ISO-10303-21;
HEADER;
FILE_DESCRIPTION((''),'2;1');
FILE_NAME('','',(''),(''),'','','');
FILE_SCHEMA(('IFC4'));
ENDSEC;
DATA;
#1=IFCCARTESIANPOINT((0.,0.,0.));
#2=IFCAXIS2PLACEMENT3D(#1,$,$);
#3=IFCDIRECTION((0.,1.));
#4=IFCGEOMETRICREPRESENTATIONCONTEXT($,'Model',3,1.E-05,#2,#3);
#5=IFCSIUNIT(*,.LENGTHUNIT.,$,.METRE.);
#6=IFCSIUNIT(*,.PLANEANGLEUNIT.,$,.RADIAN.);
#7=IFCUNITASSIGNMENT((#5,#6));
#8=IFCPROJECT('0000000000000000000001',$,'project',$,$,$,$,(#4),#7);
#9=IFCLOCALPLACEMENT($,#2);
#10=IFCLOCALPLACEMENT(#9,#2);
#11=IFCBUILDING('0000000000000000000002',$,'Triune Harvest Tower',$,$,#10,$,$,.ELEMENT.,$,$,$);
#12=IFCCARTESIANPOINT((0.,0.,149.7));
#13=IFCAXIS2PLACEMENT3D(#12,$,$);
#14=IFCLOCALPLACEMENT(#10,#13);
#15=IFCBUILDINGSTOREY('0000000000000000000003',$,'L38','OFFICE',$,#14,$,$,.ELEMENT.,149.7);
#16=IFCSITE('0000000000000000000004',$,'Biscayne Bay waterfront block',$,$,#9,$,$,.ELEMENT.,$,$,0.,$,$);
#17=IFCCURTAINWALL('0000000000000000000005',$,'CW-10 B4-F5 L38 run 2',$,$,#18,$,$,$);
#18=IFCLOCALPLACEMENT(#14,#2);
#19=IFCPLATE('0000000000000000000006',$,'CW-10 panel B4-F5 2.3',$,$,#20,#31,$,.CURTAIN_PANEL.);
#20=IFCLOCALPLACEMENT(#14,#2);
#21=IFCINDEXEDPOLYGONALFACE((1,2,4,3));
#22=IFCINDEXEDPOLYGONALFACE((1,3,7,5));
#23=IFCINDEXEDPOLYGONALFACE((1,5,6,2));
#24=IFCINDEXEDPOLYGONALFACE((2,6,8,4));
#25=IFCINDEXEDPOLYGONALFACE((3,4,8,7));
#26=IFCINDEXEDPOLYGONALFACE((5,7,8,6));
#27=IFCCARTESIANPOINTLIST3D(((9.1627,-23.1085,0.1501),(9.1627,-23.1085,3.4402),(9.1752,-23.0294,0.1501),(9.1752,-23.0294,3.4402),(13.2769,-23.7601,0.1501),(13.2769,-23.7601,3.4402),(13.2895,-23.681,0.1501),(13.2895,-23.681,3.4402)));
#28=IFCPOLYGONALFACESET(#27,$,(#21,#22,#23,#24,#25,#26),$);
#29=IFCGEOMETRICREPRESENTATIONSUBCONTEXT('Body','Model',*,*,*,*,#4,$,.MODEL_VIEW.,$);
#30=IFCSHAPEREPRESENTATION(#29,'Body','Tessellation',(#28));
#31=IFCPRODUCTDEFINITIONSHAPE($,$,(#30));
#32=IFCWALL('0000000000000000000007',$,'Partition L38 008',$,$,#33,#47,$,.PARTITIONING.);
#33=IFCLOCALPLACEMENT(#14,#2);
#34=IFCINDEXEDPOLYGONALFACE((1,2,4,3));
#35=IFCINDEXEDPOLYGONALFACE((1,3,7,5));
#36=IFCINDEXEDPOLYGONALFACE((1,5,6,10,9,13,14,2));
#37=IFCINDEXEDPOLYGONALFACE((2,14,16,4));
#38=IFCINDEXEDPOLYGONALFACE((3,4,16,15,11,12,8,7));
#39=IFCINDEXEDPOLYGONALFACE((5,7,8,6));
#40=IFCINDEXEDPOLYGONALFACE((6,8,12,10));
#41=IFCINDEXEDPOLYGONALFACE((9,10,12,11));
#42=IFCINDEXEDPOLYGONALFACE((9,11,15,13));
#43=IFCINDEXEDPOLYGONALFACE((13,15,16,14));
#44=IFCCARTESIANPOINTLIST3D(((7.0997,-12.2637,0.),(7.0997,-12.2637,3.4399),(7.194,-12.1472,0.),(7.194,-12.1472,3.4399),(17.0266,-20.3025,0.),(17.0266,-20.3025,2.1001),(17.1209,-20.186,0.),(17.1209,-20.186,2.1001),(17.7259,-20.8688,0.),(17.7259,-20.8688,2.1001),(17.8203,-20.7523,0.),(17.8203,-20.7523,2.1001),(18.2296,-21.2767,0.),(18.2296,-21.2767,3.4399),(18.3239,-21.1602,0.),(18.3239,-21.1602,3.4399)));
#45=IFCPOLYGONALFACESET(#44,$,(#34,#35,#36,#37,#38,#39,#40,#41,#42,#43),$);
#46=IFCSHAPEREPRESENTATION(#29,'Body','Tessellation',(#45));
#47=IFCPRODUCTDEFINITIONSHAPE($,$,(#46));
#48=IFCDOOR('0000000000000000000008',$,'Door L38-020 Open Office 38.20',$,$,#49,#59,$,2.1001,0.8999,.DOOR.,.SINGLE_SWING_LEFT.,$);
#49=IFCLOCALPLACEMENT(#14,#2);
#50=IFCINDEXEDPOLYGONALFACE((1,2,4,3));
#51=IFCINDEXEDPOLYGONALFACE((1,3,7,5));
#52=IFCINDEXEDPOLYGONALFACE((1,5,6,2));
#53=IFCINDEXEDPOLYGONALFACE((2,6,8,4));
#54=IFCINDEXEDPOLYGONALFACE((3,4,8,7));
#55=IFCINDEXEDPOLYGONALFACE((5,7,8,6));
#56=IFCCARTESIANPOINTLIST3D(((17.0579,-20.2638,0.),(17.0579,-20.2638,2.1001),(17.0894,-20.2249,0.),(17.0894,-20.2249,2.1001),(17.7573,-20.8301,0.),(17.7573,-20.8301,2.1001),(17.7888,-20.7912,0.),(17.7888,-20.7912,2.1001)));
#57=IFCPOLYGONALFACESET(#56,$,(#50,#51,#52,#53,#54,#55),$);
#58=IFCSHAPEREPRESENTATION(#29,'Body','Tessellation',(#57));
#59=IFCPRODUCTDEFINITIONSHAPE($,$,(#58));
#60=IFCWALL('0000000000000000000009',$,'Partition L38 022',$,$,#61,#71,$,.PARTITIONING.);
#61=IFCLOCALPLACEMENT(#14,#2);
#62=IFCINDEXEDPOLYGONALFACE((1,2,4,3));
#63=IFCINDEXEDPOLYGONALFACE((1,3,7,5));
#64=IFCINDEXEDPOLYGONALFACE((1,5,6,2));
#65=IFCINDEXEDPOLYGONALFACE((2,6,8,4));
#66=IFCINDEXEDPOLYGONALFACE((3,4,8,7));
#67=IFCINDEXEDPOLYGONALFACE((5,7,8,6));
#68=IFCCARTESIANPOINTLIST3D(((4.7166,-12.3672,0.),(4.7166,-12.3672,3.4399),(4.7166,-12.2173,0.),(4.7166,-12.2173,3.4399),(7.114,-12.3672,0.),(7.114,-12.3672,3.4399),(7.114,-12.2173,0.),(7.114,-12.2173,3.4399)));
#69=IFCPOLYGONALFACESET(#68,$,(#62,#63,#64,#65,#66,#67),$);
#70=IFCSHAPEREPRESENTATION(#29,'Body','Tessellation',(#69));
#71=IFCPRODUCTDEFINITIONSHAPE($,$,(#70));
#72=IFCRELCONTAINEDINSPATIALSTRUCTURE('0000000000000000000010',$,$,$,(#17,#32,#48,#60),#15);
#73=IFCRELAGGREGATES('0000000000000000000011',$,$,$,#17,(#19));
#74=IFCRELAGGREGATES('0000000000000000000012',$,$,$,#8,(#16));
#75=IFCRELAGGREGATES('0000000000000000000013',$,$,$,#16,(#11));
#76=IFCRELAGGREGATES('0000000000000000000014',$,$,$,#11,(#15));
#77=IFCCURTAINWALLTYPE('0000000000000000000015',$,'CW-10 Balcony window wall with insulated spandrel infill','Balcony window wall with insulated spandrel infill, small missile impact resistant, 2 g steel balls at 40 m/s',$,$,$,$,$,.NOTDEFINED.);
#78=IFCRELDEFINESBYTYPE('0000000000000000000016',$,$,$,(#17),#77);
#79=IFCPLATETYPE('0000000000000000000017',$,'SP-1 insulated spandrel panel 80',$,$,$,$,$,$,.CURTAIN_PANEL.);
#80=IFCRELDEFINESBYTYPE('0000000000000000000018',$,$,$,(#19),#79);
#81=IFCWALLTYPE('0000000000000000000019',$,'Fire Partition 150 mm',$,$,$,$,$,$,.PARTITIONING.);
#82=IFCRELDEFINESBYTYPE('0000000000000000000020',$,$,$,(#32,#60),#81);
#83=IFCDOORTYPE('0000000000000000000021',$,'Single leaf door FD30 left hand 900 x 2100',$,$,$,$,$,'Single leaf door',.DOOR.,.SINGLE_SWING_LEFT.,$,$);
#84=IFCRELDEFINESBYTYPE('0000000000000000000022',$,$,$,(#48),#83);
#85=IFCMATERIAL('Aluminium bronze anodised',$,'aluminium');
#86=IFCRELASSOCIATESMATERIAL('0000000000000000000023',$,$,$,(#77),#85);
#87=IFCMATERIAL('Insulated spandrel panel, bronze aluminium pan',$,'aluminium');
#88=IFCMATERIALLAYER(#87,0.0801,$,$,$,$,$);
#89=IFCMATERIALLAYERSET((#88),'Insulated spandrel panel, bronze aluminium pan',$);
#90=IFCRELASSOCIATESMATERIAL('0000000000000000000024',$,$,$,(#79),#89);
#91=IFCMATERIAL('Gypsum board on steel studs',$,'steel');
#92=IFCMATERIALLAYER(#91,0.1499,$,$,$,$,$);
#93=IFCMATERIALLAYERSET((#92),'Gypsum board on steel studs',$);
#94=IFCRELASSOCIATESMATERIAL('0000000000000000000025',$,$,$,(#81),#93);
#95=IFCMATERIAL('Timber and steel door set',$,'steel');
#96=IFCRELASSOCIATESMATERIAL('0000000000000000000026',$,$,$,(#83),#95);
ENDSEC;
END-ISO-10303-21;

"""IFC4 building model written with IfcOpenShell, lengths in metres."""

from ifc_helpers import new_model, si_unit, direction, frame, frame_2d, origin, origin_2d, place, context, subcontext, project, spatial, rectangle, extrude, source, transform, mapped, material, layer, layer_set, type_object, element, fill, aggregate, save


model = new_model("IFC4")

# Units and contexts
model_context = context("Model", 3, precision=1e-05, world=origin(), true_north=direction((0.0, 1.0)))
body_context = subcontext(model_context, "Body", "Model", "MODEL_VIEW")
ifc_project = project(units=[si_unit("LENGTHUNIT", "METRE"), si_unit("PLANEANGLEUNIT", "RADIAN")], contexts=[model_context])

# Site, building, storey
site_placement = place(None, origin())
site = spatial("IfcSite", under=ifc_project, at=site_placement, Name="Biscayne Bay waterfront block", CompositionType="ELEMENT", RefElevation=0.0)
building_placement = place(site_placement, origin())
building = spatial("IfcBuilding", under=site, at=building_placement, Name="Triune Harvest Tower", CompositionType="ELEMENT")
storey_placement = place(building_placement, frame((0.0, 0.0, 149.7)))
storey = spatial("IfcBuildingStorey", under=building, at=storey_placement, Name="L38", Description="OFFICE", CompositionType="ELEMENT", Elevation=149.7)

# Curtain wall, plate
ifc_material_1 = material(Name="Aluminium bronze anodised", Category="aluminium")
curtain_wall_type = type_object("IfcCurtainWallType", Name="CW-10 Balcony window wall with insulated spandrel infill", Description="Balcony window wall with insulated spandrel infill, small missile impact resistant, 2 g steel balls at 40 m/s", PredefinedType="NOTDEFINED", material=ifc_material_1)
curtain_wall_placement = place(storey_placement, origin())
curtain_wall = element("IfcCurtainWall", 1, at=curtain_wall_placement, inside=storey, type_object=curtain_wall_type, Name="CW-10 B4-F5 L38 run 2")
ifc_material_2 = material(Name="Insulated spandrel panel, bronze aluminium pan", Category="aluminium")
ifc_layer_1 = layer(ifc_material_2, 0.0801)
ifc_layer_set_1 = layer_set([ifc_layer_1], Name="Insulated spandrel panel, bronze aluminium pan")
plate_type = type_object("IfcPlateType", Name="SP-1 insulated spandrel panel 80", PredefinedType="CURTAIN_PANEL", material=ifc_layer_set_1)
shared_shape_1 = source(origin(), body_context, "Body", "SweptSolid", [
    extrude(rectangle(XDim=4.1655, YDim=0.0801, at=origin_2d()), origin(), (0.0, 0.0, 1.0), 3.29),
])
plate_1_placement = place(storey_placement, frame((11.2261, -23.3948, 0.1501), z_axis=(0.0, 0.0, 1.0), x_axis=(0.987688, -0.156435, 0.0)))
plate_1 = element("IfcPlate", 2, at=plate_1_placement, type_object=plate_type, Name="CW-10 panel B4-F5 2.3", PredefinedType="CURTAIN_PANEL", context=body_context, shape_type="MappedRepresentation", body=[
    mapped(shared_shape_1, transform((0.0, 0.0, 0.0), scale=1.0)),
])
aggregate(curtain_wall, [plate_1])

# Wall, opening, door
ifc_material_3 = material(Name="Gypsum board on steel studs", Category="steel")
ifc_layer_2 = layer(ifc_material_3, 0.1499)
ifc_layer_set_2 = layer_set([ifc_layer_2], Name="Gypsum board on steel studs")
wall_type_1 = type_object("IfcWallType", Name="Fire Partition 150 mm", PredefinedType="PARTITIONING", material=ifc_layer_set_2)
shared_shape_2 = source(origin(), body_context, "Body", "SweptSolid", [
    extrude(rectangle(XDim=14.3215, YDim=0.1499, at=frame_2d((7.1606, 0.0))), origin(), (0.0, 0.0, 1.0), 3.4399),
])
wall_1_placement = place(storey_placement, frame((7.147, -12.2056, 0.0), z_axis=(0.0, 0.0, 1.0), x_axis=(0.777141, -0.629326, 0.0)))
wall_1 = element("IfcWall", 3, at=wall_1_placement, inside=storey, type_object=wall_type_1, Name="Partition L38 008", PredefinedType="PARTITIONING", context=body_context, shape_type="MappedRepresentation", body=[
    mapped(shared_shape_2, transform((0.0, 0.0, 0.0), scale=1.0)),
])
opening_1_placement = place(wall_1_placement, frame((12.7734, 0.0, 0.0)))
opening_1 = element("IfcOpeningElement", 4, at=opening_1_placement, cuts=wall_1, PredefinedType="OPENING", context=body_context, shape_type="SweptSolid", body=[
    extrude(rectangle(XDim=0.8999, YDim=2.1001, at=frame_2d((0.45, 1.05))), frame((0.0, 0.085, 0.0), z_axis=(0.0, -1.0, 0.0), x_axis=(1.0, 0.0, 0.0)), (0.0, 0.0, 1.0), 0.1699),
])
ifc_material_4 = material(Name="Timber and steel door set", Category="steel")
door_type_1 = type_object("IfcDoorType", Name="Single leaf door FD30 left hand 900 x 2100", ElementType="Single leaf door", OperationType="SINGLE_SWING_LEFT", PredefinedType="DOOR", material=ifc_material_4)
door_1_placement = place(opening_1_placement, origin())
door_1 = element("IfcDoor", 5, at=door_1_placement, inside=storey, type_object=door_type_1, Name="Door L38-020 Open Office 38.20", OperationType="SINGLE_SWING_LEFT", OverallHeight=2.1001, OverallWidth=0.8999, PredefinedType="DOOR", context=body_context, shape_type="SweptSolid", body=[
    extrude(rectangle(XDim=0.8999, YDim=2.1001, at=frame_2d((0.45, 1.05))), frame((0.0, 0.0249, 0.0), z_axis=(0.0, -1.0, 0.0), x_axis=(1.0, 0.0, 0.0)), (0.0, 0.0, 1.0), 0.05),
])
fill(opening_1, door_1)

# Wall
shared_shape_3 = source(origin(), body_context, "Body", "SweptSolid", [
    extrude(rectangle(XDim=2.3975, YDim=0.1499, at=frame_2d((1.1987, 0.0))), origin(), (0.0, 0.0, 1.0), 3.4399),
])
wall_2_placement = place(storey_placement, frame((4.7166, -12.2922, 0.0), z_axis=(0.0, 0.0, 1.0), x_axis=(1.0, 0.0, 0.0)))
element("IfcWall", 6, at=wall_2_placement, inside=storey, type_object=wall_type_1, Name="Partition L38 022", PredefinedType="PARTITIONING", context=body_context, shape_type="MappedRepresentation", body=[
    mapped(shared_shape_3, transform((0.0, 0.0, 0.0), scale=1.0)),
])

save(model, "model.ifc")
